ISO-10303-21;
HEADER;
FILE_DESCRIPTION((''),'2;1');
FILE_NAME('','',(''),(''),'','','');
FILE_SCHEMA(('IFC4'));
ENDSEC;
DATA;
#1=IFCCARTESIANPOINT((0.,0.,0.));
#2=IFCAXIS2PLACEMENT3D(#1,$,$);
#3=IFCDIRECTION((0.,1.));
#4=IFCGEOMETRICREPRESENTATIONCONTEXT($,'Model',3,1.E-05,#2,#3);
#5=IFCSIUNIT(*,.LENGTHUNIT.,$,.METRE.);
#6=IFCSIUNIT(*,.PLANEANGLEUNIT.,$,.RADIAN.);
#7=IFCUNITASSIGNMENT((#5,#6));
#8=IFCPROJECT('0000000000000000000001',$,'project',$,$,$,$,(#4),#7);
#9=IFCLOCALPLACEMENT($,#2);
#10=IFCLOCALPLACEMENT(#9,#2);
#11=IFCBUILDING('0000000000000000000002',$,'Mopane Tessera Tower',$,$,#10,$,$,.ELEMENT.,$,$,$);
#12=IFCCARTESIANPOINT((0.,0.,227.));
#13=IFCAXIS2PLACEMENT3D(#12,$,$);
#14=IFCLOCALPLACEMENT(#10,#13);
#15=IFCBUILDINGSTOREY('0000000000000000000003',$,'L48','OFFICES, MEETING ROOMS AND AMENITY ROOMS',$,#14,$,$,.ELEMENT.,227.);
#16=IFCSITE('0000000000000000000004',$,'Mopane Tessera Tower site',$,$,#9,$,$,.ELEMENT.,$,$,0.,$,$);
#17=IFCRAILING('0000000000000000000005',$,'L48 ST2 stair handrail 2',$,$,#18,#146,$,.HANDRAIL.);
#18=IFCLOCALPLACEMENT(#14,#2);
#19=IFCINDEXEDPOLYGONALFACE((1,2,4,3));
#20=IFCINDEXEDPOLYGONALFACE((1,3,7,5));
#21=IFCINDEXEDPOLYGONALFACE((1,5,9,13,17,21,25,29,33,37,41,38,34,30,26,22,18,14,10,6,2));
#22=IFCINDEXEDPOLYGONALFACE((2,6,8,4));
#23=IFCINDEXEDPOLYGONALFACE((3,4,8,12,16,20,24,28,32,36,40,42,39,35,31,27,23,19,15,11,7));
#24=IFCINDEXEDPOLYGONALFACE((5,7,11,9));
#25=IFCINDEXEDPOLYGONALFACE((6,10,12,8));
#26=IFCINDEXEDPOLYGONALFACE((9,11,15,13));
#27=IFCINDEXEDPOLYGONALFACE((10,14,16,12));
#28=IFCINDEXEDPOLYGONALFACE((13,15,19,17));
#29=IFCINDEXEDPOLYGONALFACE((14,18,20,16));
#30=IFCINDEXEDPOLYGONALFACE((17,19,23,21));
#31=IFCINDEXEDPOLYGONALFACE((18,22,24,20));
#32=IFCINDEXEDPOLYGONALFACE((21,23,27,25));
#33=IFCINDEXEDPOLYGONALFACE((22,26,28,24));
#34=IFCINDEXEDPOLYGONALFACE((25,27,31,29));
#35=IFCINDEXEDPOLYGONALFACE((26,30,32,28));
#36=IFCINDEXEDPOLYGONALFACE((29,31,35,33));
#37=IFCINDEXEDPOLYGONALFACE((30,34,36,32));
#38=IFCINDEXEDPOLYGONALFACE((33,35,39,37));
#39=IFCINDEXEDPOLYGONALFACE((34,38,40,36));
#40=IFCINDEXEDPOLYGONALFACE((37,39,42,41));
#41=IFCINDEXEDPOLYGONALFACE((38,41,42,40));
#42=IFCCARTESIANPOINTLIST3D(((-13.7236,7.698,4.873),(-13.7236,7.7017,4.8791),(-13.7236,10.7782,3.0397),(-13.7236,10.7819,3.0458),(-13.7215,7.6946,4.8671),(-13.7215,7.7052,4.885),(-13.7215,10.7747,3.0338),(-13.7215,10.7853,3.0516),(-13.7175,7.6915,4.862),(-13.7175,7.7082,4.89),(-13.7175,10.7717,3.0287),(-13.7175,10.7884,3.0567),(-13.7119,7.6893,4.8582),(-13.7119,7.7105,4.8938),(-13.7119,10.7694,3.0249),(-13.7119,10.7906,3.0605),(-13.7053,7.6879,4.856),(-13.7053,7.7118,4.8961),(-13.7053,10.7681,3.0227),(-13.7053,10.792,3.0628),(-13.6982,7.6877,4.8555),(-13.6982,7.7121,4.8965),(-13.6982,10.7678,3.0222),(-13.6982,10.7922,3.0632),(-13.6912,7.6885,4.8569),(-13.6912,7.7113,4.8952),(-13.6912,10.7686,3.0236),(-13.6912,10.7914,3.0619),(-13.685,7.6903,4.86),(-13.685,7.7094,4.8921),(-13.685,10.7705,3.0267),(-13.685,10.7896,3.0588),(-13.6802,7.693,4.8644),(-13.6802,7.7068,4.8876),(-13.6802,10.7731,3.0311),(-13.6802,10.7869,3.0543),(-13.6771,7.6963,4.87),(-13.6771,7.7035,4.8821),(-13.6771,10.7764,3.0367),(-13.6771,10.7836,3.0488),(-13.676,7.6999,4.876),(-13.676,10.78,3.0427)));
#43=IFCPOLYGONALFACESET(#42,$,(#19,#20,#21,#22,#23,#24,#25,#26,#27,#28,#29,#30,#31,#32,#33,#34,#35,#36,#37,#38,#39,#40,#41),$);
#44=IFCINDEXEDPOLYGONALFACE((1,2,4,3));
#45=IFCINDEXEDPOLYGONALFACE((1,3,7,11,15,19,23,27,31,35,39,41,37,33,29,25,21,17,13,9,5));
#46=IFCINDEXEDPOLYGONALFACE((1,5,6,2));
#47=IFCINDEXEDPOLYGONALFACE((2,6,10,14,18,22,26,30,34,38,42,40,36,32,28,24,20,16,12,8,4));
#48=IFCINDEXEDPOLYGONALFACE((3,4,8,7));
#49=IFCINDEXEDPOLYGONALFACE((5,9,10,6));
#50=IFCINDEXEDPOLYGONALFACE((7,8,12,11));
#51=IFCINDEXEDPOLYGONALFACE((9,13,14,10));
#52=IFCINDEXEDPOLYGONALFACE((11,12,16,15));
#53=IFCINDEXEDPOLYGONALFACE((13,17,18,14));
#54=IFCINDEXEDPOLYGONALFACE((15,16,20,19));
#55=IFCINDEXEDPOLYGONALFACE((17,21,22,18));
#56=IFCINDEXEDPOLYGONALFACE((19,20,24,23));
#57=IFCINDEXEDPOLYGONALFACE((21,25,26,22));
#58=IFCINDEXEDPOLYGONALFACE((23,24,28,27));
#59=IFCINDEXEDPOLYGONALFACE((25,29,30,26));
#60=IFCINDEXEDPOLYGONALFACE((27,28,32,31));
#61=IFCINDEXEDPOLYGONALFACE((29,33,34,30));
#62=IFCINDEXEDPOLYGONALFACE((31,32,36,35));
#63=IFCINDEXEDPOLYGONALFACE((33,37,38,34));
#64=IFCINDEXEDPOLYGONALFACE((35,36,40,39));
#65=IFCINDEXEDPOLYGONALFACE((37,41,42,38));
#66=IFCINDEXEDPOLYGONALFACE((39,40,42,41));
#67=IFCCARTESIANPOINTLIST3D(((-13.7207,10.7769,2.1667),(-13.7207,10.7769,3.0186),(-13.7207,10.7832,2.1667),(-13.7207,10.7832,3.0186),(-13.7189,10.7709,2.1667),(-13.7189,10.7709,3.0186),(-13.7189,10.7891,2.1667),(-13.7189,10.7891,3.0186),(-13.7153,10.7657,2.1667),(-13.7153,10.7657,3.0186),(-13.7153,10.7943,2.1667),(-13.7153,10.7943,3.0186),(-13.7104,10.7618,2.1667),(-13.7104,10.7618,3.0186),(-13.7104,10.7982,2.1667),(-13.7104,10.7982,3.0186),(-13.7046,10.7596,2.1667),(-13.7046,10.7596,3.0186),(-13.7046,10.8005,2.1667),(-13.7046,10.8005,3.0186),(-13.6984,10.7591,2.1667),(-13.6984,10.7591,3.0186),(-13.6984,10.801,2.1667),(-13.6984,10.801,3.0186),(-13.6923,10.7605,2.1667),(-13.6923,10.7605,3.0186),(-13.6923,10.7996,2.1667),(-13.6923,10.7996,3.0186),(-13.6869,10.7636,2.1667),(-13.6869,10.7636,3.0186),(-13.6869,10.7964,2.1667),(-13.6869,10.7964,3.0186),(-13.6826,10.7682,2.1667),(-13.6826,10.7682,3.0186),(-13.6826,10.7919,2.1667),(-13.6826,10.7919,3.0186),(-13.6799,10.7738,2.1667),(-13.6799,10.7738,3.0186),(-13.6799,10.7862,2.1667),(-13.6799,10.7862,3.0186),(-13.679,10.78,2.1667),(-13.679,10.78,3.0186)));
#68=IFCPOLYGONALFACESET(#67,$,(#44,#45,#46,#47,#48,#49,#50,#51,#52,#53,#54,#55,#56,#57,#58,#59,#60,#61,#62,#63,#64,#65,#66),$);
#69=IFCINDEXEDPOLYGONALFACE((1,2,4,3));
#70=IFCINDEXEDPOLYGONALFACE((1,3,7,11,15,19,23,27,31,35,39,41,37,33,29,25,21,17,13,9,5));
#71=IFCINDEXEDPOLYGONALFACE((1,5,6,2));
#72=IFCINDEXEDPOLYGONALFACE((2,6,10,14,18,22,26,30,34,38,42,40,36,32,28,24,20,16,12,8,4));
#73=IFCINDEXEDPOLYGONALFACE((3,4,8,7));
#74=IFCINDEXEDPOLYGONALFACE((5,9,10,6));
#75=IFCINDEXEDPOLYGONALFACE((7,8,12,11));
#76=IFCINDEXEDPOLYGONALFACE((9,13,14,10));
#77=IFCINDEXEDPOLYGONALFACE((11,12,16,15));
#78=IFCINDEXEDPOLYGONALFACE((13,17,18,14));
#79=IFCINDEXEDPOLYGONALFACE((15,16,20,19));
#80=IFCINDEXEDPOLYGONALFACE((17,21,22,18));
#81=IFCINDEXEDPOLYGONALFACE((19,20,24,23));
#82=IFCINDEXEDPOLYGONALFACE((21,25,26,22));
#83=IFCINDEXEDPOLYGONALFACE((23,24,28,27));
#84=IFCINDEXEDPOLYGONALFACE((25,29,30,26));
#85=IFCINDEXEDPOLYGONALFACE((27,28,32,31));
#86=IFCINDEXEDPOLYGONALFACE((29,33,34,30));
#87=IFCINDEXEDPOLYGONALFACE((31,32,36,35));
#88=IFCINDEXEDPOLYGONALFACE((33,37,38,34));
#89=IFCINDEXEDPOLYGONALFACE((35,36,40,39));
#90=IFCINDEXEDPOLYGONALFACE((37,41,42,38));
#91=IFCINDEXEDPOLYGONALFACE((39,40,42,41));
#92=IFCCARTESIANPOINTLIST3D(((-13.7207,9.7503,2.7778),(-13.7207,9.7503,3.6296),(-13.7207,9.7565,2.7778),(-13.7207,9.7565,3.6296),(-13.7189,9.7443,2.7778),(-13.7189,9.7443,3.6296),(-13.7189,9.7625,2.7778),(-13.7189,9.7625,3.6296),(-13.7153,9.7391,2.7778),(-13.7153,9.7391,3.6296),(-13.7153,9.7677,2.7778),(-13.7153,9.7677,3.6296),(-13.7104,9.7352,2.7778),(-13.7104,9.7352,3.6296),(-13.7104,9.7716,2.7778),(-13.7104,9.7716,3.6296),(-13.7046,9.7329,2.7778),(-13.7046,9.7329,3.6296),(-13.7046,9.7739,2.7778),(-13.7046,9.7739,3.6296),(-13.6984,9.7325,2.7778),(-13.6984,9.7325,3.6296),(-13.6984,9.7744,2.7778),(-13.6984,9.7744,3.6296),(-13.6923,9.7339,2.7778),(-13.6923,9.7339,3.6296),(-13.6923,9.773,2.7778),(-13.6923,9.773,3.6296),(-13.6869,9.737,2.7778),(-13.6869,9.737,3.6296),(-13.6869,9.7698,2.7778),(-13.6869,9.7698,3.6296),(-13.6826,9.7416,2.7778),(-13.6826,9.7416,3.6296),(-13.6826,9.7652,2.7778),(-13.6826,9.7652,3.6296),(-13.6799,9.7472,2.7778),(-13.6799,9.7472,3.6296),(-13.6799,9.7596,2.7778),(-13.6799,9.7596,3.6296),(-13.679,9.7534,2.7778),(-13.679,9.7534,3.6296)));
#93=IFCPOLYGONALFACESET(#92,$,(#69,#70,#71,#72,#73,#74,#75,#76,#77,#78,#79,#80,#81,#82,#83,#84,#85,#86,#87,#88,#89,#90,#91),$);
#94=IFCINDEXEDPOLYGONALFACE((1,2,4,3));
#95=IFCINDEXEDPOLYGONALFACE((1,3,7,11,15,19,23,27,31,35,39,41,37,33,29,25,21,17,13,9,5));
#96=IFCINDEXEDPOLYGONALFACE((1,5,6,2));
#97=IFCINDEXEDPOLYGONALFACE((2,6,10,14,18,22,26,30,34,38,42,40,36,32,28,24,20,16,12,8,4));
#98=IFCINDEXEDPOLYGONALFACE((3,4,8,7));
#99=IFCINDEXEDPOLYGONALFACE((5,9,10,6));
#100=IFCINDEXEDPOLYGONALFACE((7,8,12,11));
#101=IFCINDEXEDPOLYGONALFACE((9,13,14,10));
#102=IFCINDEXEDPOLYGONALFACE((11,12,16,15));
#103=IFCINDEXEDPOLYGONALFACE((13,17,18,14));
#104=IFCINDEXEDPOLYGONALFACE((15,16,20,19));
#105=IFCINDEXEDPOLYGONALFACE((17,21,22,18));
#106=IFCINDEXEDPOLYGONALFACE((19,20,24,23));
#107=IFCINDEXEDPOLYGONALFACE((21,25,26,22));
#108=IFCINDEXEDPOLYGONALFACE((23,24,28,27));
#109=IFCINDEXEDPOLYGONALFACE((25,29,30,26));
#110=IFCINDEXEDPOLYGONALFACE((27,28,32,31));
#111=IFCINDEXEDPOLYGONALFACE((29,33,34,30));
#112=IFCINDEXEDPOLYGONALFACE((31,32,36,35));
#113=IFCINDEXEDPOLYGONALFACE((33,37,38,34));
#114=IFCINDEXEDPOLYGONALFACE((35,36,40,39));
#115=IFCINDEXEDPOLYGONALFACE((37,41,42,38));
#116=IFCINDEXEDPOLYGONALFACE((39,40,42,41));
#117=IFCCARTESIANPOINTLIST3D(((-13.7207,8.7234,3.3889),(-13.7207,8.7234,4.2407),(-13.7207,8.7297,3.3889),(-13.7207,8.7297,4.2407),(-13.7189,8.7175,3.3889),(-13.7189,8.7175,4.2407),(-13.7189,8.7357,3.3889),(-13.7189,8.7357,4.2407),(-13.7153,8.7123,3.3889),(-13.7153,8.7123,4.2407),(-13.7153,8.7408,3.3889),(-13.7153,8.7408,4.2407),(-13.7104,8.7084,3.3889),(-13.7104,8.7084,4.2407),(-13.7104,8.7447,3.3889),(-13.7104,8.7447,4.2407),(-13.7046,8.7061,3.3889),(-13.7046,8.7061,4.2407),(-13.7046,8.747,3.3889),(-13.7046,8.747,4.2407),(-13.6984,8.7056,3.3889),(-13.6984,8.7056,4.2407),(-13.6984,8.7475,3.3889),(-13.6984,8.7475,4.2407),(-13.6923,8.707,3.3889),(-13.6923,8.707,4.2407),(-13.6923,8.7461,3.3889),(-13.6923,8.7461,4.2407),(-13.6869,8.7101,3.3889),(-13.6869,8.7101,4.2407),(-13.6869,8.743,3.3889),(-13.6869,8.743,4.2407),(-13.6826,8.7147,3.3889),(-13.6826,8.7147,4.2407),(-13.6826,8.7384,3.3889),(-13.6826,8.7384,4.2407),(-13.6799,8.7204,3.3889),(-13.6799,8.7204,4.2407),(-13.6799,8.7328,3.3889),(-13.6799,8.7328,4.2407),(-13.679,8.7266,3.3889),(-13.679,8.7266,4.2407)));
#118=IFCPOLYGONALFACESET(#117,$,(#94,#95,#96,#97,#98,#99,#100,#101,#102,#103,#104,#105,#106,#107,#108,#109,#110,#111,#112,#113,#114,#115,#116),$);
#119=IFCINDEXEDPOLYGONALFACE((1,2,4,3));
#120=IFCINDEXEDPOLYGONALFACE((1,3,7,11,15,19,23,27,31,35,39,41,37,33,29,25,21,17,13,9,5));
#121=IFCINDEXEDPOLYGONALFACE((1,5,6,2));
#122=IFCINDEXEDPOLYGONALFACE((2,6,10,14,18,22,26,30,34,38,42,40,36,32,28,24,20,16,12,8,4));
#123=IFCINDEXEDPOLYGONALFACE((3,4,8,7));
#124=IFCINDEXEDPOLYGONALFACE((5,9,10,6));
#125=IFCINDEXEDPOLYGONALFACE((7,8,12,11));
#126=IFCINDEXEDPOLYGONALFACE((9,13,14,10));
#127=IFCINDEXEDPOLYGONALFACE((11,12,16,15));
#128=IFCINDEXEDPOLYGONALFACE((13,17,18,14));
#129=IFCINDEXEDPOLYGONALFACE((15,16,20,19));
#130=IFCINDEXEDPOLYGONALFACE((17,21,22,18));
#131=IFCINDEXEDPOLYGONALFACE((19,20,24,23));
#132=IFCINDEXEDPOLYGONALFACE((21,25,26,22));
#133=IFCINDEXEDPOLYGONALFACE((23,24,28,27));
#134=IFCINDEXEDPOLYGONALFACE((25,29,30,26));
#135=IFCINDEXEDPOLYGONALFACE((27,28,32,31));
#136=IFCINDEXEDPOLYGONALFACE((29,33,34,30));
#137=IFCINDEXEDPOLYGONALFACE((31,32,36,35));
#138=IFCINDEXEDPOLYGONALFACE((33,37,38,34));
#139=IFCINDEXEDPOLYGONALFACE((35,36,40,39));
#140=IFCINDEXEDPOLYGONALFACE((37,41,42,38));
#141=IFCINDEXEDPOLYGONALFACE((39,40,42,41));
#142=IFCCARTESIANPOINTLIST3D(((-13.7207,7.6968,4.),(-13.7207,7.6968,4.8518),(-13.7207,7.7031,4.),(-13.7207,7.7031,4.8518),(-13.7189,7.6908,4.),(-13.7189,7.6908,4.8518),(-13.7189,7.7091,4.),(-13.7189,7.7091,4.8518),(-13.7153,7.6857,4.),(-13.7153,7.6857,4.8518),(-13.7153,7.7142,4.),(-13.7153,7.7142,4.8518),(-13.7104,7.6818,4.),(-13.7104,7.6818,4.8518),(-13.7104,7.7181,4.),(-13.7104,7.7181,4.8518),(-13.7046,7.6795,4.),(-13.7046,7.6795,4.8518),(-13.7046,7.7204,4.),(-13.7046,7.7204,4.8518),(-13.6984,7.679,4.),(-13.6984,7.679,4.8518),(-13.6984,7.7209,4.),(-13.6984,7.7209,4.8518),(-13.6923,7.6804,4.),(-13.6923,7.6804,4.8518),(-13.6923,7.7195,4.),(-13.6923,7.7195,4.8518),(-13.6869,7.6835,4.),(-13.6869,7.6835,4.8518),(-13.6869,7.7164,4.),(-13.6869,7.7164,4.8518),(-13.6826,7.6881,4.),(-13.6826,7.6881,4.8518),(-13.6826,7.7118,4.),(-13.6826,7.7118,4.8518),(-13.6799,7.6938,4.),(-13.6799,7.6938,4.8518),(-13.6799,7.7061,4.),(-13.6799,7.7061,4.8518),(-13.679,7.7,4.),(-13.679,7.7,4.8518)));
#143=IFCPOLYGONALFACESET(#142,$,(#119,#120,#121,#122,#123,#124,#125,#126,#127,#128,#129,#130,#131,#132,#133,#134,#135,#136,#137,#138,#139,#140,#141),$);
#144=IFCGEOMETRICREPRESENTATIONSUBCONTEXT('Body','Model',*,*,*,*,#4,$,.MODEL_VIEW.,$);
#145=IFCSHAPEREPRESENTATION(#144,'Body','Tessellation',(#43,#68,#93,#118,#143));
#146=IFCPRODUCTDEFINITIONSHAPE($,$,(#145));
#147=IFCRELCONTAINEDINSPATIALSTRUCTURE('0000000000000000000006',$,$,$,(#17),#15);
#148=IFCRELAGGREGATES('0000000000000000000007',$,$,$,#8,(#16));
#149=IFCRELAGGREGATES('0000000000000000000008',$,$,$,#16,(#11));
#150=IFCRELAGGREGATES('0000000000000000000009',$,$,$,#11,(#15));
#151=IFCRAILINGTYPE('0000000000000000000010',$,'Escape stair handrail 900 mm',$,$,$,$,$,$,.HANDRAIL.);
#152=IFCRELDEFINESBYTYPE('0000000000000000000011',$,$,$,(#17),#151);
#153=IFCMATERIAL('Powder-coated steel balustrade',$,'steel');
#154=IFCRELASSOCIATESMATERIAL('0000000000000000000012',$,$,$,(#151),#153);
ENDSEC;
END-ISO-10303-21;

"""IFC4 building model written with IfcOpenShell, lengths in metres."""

from ifc_helpers import new_model, si_unit, direction, frame, origin, origin_2d, place, context, subcontext, project, spatial, circle, extrude, material, type_object, element, save


model = new_model("IFC4")

# Units and contexts
model_context = context("Model", 3, precision=1e-05, world=origin(), true_north=direction((0.0, 1.0)))
body_context = subcontext(model_context, "Body", "Model", "MODEL_VIEW")
ifc_project = project(units=[si_unit("LENGTHUNIT", "METRE"), si_unit("PLANEANGLEUNIT", "RADIAN")], contexts=[model_context])

# Site, building, storey
site_placement = place(None, origin())
site = spatial("IfcSite", under=ifc_project, at=site_placement, Name="Mopane Tessera Tower site", CompositionType="ELEMENT", RefElevation=0.0)
building_placement = place(site_placement, origin())
building = spatial("IfcBuilding", under=site, at=building_placement, Name="Mopane Tessera Tower", CompositionType="ELEMENT")
storey_placement = place(building_placement, frame((0.0, 0.0, 227.0)))
storey = spatial("IfcBuildingStorey", under=building, at=storey_placement, Name="L48", Description="OFFICES, MEETING ROOMS AND AMENITY ROOMS", CompositionType="ELEMENT", Elevation=227.0)

# Railing
ifc_material_1 = material(Name="Powder-coated steel balustrade", Category="steel")
railing_type = type_object("IfcRailingType", Name="Escape stair handrail 900 mm", PredefinedType="HANDRAIL", material=ifc_material_1)
railing_placement = place(storey_placement, frame((-13.7, 10.78, 2.1667)))
element("IfcRailing", 1, at=railing_placement, inside=storey, type_object=railing_type, Name="L48 ST2 stair handrail 2", PredefinedType="HANDRAIL", context=body_context, shape_type="SweptSolid", body=[
    extrude(circle(Radius=0.0239, at=origin_2d()), frame((0.0, 0.0, 0.876), z_axis=(0.0, -0.859309, 0.511458), x_axis=(1.0, 0.0, 0.0)), (0.0, 0.0, 1.0), 3.5845),
    extrude(circle(Radius=0.021, at=origin_2d()), origin(), (0.0, 0.0, 1.0), 0.8518),
    extrude(circle(Radius=0.021, at=origin_2d()), frame((0.0, -1.0266, 0.6111)), (0.0, 0.0, 1.0), 0.8518),
    extrude(circle(Radius=0.021, at=origin_2d()), frame((0.0, -2.0535, 1.2222)), (0.0, 0.0, 1.0), 0.8518),
    extrude(circle(Radius=0.021, at=origin_2d()), frame((0.0, -3.0801, 1.8333)), (0.0, 0.0, 1.0), 0.8518),
])

save(model, "model.ifc")
